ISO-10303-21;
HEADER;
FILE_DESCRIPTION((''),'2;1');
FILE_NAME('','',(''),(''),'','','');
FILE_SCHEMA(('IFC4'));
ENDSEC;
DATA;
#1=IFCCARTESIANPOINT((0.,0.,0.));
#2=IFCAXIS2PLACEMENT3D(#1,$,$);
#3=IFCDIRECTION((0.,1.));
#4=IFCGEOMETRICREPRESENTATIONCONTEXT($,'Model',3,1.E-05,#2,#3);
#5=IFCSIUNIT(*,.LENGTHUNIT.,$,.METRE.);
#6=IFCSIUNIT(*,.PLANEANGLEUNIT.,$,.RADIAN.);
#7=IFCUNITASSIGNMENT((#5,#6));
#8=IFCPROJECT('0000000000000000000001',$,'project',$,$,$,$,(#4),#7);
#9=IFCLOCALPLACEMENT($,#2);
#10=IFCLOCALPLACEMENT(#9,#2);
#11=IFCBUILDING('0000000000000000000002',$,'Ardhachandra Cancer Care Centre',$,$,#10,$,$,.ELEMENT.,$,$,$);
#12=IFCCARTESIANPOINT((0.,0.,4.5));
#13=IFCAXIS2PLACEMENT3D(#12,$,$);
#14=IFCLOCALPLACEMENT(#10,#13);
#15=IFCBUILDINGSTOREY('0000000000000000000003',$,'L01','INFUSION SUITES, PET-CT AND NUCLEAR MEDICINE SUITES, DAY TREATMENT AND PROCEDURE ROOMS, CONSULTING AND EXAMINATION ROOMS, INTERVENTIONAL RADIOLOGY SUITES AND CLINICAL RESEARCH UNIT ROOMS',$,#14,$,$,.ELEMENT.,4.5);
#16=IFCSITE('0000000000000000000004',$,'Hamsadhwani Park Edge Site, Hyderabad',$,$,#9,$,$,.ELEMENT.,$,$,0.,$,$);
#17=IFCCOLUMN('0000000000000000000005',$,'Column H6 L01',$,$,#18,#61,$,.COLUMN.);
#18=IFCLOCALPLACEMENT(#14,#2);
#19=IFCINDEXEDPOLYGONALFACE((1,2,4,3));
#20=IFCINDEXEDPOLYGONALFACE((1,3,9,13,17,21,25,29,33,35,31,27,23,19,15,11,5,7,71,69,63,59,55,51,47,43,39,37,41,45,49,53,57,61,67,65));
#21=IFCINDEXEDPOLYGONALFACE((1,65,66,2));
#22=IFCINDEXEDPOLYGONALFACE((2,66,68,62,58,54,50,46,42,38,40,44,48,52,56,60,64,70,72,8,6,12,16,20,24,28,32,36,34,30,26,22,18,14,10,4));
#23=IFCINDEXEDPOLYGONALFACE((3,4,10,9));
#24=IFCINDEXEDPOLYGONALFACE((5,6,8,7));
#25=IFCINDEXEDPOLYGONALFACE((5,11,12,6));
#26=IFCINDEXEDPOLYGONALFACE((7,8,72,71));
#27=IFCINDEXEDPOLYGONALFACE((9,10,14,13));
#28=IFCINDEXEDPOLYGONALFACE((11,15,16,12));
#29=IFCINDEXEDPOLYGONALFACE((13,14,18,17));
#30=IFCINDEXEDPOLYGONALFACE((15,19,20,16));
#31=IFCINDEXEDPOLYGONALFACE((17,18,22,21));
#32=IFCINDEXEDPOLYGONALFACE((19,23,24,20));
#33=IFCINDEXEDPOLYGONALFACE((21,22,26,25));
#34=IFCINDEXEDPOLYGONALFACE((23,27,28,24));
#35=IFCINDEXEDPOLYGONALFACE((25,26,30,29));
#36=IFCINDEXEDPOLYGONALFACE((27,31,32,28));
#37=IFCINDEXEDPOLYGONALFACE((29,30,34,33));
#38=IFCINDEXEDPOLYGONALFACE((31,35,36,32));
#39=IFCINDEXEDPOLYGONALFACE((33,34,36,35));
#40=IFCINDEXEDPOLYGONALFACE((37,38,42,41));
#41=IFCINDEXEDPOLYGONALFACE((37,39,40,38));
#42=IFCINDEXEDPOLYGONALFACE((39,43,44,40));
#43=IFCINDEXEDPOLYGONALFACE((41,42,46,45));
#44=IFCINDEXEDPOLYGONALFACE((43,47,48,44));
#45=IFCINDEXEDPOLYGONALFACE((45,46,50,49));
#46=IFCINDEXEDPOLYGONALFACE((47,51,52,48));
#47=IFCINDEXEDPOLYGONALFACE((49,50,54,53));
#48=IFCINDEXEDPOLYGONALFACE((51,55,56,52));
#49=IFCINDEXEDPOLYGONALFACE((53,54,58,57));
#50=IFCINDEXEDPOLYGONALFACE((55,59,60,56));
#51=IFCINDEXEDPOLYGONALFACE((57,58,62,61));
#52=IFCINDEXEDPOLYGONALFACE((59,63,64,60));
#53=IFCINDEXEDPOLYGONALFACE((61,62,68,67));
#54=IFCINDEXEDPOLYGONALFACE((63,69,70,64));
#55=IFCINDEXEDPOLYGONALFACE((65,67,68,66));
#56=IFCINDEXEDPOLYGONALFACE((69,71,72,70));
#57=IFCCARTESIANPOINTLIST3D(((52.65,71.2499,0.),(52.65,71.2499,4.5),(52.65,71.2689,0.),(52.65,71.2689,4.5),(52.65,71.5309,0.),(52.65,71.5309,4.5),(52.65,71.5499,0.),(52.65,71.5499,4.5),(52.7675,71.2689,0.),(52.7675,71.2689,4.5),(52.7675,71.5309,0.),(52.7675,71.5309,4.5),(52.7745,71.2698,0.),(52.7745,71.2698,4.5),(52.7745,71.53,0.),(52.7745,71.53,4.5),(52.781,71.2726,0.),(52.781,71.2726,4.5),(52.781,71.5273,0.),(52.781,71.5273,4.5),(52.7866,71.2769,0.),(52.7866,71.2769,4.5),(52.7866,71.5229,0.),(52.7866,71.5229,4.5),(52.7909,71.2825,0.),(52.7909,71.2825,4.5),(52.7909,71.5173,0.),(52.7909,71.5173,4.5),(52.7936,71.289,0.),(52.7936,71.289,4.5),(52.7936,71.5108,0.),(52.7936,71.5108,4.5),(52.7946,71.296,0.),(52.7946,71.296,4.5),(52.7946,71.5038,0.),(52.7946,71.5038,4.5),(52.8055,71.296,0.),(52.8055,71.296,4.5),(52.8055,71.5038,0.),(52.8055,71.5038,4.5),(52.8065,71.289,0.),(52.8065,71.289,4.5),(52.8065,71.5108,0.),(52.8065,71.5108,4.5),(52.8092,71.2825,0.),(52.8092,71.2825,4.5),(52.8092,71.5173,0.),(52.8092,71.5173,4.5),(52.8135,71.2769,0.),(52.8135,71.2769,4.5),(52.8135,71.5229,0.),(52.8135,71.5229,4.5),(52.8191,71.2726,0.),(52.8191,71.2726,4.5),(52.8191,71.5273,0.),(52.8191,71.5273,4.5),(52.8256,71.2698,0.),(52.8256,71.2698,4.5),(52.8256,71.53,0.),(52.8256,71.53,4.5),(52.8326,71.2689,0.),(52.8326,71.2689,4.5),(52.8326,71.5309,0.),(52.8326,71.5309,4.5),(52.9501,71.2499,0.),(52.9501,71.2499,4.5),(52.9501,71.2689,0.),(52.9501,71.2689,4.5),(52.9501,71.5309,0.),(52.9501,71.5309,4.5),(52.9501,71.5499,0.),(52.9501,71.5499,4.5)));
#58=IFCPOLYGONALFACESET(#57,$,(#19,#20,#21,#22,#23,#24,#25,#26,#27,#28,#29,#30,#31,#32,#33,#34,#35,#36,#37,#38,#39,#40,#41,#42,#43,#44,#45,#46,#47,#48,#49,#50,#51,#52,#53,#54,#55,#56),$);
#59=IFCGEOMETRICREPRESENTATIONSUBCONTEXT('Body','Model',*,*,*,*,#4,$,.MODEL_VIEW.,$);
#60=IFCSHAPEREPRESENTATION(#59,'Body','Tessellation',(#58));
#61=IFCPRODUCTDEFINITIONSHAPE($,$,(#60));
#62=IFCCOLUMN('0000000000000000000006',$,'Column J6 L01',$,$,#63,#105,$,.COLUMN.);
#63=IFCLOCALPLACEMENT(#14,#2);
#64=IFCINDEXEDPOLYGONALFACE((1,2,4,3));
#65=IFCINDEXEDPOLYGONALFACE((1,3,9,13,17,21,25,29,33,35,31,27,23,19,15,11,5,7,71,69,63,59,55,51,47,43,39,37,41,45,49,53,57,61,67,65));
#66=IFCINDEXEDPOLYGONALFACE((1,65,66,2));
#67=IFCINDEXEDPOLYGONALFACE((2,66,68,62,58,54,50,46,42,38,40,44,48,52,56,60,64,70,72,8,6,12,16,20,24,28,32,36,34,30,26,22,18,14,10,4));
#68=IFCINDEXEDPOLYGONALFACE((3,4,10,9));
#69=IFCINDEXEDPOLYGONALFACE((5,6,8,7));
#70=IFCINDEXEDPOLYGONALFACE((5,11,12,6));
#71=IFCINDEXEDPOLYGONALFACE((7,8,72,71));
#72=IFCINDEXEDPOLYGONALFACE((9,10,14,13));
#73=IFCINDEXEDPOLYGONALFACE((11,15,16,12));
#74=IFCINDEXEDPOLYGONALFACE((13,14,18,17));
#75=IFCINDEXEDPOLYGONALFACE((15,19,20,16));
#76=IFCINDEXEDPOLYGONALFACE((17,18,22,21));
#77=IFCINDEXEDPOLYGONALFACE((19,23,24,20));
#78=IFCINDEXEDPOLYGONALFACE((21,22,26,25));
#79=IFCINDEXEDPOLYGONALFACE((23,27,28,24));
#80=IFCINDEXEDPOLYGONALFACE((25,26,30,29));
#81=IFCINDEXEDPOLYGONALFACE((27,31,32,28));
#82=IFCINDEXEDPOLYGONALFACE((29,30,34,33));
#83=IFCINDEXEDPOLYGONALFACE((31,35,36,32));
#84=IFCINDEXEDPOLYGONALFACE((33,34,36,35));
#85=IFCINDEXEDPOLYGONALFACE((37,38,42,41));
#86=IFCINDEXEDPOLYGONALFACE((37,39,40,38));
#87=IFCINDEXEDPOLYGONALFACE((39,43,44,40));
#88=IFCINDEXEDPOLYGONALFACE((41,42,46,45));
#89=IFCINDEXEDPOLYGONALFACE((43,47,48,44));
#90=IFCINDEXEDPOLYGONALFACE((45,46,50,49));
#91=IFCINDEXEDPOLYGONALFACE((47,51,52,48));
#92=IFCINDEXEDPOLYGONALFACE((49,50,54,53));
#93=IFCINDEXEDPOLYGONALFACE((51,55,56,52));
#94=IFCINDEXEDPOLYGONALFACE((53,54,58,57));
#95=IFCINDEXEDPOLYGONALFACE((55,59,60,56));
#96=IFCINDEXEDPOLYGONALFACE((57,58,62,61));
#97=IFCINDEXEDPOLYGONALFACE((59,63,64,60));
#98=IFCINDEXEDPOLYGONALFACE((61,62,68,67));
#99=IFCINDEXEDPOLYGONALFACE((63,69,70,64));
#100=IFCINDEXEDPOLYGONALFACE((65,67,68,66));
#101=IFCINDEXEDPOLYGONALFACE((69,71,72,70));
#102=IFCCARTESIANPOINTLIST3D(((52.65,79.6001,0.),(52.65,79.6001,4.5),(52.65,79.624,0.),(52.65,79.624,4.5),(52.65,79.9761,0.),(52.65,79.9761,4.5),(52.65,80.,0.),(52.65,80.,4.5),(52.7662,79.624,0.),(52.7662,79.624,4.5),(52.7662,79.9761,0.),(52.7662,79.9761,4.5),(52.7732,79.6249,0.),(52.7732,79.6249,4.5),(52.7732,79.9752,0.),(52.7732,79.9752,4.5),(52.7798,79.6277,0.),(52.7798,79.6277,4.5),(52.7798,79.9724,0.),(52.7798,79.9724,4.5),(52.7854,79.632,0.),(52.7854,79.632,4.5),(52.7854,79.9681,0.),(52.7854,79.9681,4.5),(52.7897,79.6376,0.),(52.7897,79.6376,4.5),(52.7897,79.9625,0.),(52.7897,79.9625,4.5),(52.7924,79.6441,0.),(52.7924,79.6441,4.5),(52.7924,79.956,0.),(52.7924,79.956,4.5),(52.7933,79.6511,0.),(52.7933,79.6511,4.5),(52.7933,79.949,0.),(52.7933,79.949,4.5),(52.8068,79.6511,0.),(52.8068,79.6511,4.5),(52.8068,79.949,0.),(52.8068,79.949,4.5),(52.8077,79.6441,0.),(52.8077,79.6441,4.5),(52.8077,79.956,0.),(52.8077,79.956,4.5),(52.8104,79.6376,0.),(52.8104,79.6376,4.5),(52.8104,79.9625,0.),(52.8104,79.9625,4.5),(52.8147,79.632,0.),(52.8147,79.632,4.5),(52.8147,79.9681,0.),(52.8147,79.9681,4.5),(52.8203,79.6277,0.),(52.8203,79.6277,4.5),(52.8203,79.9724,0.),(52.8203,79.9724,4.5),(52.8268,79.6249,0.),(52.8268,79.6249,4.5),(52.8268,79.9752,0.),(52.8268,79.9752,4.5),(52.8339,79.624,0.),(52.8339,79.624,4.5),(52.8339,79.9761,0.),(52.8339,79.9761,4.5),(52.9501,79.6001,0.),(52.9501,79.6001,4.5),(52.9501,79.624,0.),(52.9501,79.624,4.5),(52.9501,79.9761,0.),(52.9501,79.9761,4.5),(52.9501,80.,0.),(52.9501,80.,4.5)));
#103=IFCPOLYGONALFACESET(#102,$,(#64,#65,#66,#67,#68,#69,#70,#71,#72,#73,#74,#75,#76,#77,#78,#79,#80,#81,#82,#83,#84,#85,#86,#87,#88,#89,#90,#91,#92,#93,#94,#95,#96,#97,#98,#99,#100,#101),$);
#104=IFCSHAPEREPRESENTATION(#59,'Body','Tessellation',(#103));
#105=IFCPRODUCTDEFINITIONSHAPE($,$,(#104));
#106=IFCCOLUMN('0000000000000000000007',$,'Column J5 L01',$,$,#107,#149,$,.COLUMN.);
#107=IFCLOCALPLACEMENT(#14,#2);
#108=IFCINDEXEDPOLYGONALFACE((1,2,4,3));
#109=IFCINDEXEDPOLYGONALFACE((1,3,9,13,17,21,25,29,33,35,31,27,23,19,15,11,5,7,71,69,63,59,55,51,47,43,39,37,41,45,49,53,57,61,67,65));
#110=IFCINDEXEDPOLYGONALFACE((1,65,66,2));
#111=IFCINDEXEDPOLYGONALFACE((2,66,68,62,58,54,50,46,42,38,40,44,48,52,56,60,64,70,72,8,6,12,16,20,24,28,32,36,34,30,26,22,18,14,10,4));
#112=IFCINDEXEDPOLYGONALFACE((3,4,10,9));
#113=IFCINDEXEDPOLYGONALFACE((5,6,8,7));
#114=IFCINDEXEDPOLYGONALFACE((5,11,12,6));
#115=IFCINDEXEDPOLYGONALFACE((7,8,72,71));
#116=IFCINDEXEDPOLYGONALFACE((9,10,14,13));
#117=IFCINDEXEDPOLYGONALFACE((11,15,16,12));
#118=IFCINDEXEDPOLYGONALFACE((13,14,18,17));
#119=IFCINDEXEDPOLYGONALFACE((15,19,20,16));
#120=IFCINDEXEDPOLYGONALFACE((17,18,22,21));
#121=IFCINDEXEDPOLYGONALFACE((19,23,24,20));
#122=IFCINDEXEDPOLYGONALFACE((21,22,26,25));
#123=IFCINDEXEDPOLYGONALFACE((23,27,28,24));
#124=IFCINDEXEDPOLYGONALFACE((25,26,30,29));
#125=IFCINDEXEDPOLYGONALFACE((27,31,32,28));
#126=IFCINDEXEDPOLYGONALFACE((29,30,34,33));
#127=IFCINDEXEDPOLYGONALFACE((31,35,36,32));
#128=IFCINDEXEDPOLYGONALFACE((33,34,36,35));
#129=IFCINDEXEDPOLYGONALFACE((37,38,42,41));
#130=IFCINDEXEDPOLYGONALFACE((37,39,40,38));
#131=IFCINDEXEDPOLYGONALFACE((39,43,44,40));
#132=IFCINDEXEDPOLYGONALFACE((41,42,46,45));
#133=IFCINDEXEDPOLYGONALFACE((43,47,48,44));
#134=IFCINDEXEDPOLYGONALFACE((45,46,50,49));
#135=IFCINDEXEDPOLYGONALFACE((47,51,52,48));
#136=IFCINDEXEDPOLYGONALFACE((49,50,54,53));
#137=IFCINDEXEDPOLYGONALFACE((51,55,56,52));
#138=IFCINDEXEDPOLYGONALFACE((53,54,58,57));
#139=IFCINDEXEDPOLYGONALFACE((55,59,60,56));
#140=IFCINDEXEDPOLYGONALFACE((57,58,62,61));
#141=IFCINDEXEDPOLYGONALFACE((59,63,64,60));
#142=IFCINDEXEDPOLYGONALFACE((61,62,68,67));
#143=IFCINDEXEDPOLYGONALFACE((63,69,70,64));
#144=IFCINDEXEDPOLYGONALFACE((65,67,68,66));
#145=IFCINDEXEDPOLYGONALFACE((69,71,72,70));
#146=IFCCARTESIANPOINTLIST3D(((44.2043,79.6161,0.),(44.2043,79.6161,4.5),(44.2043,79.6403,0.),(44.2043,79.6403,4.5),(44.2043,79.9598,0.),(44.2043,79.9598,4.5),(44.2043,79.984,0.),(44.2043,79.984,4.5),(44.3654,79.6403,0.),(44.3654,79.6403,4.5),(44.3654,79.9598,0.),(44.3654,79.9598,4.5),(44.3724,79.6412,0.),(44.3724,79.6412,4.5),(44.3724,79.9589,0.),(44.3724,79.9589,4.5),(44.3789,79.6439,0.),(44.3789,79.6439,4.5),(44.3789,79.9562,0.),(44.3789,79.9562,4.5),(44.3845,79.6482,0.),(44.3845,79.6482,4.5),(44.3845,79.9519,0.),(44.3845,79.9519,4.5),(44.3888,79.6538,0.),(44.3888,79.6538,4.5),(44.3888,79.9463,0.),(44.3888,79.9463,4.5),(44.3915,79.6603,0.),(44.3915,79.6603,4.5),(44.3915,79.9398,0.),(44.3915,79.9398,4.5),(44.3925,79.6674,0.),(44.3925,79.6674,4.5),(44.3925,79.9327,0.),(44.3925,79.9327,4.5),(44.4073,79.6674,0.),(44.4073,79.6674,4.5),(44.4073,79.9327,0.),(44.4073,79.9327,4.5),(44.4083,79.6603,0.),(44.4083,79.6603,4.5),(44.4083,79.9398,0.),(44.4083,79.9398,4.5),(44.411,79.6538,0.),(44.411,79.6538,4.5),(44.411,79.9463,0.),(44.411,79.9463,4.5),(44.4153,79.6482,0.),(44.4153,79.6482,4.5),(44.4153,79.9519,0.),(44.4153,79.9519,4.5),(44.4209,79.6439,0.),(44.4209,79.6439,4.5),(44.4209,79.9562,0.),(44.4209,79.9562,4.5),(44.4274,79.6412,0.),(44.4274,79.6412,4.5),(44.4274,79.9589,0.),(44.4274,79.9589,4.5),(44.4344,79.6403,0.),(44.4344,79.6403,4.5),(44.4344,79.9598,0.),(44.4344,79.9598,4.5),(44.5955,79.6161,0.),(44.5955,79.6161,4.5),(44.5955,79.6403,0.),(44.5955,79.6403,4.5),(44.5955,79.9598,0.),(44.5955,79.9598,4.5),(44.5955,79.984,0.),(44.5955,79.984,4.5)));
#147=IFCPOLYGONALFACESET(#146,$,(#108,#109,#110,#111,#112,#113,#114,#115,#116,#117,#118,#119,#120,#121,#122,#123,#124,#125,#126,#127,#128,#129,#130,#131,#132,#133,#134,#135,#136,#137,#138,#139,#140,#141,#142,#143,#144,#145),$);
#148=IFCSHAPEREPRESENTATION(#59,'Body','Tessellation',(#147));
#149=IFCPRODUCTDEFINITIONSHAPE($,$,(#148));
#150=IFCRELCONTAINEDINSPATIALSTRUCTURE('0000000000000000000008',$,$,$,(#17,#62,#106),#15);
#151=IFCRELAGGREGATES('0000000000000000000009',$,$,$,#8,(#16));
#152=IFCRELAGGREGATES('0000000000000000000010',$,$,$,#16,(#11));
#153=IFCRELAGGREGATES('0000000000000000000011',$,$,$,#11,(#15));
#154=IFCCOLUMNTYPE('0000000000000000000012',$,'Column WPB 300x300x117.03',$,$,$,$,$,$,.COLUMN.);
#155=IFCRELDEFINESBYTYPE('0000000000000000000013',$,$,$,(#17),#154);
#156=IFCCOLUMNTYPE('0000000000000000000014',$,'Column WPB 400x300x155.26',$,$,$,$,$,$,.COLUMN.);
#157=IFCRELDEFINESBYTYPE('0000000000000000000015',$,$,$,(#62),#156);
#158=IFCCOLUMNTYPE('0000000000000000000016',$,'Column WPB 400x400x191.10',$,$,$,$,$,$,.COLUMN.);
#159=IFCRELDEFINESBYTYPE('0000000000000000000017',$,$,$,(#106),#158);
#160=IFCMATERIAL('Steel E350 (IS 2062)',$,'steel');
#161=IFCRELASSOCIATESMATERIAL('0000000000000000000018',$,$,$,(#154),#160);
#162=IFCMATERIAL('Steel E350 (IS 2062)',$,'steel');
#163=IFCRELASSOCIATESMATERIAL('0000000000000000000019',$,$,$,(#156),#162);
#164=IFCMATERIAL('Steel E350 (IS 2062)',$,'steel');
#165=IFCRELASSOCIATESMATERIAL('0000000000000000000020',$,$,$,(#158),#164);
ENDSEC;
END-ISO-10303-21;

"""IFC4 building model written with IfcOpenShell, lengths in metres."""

from ifc_helpers import new_model, si_unit, direction, frame, origin, origin_2d, place, context, subcontext, project, spatial, i_section, extrude, material, material_profile, profile_set, type_object, element, save


model = new_model("IFC4")

# Units and contexts
model_context = context("Model", 3, precision=1e-05, world=origin(), true_north=direction((0.0, 1.0)))
body_context = subcontext(model_context, "Body", "Model", "MODEL_VIEW")
ifc_project = project(units=[si_unit("LENGTHUNIT", "METRE"), si_unit("PLANEANGLEUNIT", "RADIAN")], contexts=[model_context])

# Site, building, storey
site_placement = place(None, origin())
site = spatial("IfcSite", under=ifc_project, at=site_placement, Name="Hamsadhwani Park Edge Site, Hyderabad", CompositionType="ELEMENT", RefElevation=0.0)
building_placement = place(site_placement, origin())
building = spatial("IfcBuilding", under=site, at=building_placement, Name="Ardhachandra Cancer Care Centre", CompositionType="ELEMENT")
storey_placement = place(building_placement, frame((0.0, 0.0, 4.5)))
storey = spatial("IfcBuildingStorey", under=building, at=storey_placement, Name="L01", Description="INFUSION SUITES, PET-CT AND NUCLEAR MEDICINE SUITES, DAY TREATMENT AND PROCEDURE ROOMS, CONSULTING AND EXAMINATION ROOMS, INTERVENTIONAL RADIOLOGY SUITES AND CLINICAL RESEARCH UNIT ROOMS", CompositionType="ELEMENT", Elevation=4.5)

# Columns
ifc_material_1 = material(Name="Steel E350 (IS 2062)", Category="steel")
ifc_material_profile_1 = material_profile(ifc_material_1, i_section(OverallWidth=0.3, OverallDepth=0.3, WebThickness=0.011, FlangeThickness=0.019, FilletRadius=0.0271, at=origin_2d()), Name="WPB 300x300x117.03")
ifc_profile_set_1 = profile_set([ifc_material_profile_1], Name="Steel E350 (IS 2062)")
column_type_1 = type_object("IfcColumnType", Name="Column WPB 300x300x117.03", PredefinedType="COLUMN", material=ifc_profile_set_1)
column_1_placement = place(storey_placement, frame((52.8, 71.3999, 0.0), z_axis=(0.0, 0.0, 1.0), x_axis=(1.0, 0.0, 0.0)))
element("IfcColumn", 1, at=column_1_placement, inside=storey, type_object=column_type_1, Name="Column H6 L01", PredefinedType="COLUMN", context=body_context, shape_type="SweptSolid", body=[
    extrude(i_section(OverallWidth=0.3, OverallDepth=0.3, WebThickness=0.011, FlangeThickness=0.019, FilletRadius=0.0271, at=origin_2d()), origin(), (0.0, 0.0, 1.0), 4.5),
])
ifc_material_2 = material(Name="Steel E350 (IS 2062)", Category="steel")
ifc_material_profile_2 = material_profile(ifc_material_2, i_section(OverallWidth=0.3, OverallDepth=0.3999, WebThickness=0.0134, FlangeThickness=0.0239, FilletRadius=0.0271, at=origin_2d()), Name="WPB 400x300x155.26")
ifc_profile_set_2 = profile_set([ifc_material_profile_2], Name="Steel E350 (IS 2062)")
column_type_2 = type_object("IfcColumnType", Name="Column WPB 400x300x155.26", PredefinedType="COLUMN", material=ifc_profile_set_2)
column_2_placement = place(storey_placement, frame((52.8, 79.8, 0.0), z_axis=(0.0, 0.0, 1.0), x_axis=(1.0, 0.0, 0.0)))
element("IfcColumn", 2, at=column_2_placement, inside=storey, type_object=column_type_2, Name="Column J6 L01", PredefinedType="COLUMN", context=body_context, shape_type="SweptSolid", body=[
    extrude(i_section(OverallWidth=0.3, OverallDepth=0.3999, WebThickness=0.0134, FlangeThickness=0.0239, FilletRadius=0.0271, at=origin_2d()), origin(), (0.0, 0.0, 1.0), 4.5),
])
ifc_material_3 = material(Name="Steel E350 (IS 2062)", Category="steel")
ifc_material_profile_3 = material_profile(ifc_material_3, i_section(OverallWidth=0.3911, OverallDepth=0.3679, WebThickness=0.0149, FlangeThickness=0.0242, FilletRadius=0.0271, at=origin_2d()), Name="WPB 400x400x191.10")
ifc_profile_set_3 = profile_set([ifc_material_profile_3], Name="Steel E350 (IS 2062)")
column_type_3 = type_object("IfcColumnType", Name="Column WPB 400x400x191.10", PredefinedType="COLUMN", material=ifc_profile_set_3)
column_3_placement = place(storey_placement, frame((44.3999, 79.8, 0.0), z_axis=(0.0, 0.0, 1.0), x_axis=(1.0, 0.0, 0.0)))
element("IfcColumn", 3, at=column_3_placement, inside=storey, type_object=column_type_3, Name="Column J5 L01", PredefinedType="COLUMN", context=body_context, shape_type="SweptSolid", body=[
    extrude(i_section(OverallWidth=0.3911, OverallDepth=0.3679, WebThickness=0.0149, FlangeThickness=0.0242, FilletRadius=0.0271, at=origin_2d()), origin(), (0.0, 0.0, 1.0), 4.5),
])

save(model, "model.ifc")
